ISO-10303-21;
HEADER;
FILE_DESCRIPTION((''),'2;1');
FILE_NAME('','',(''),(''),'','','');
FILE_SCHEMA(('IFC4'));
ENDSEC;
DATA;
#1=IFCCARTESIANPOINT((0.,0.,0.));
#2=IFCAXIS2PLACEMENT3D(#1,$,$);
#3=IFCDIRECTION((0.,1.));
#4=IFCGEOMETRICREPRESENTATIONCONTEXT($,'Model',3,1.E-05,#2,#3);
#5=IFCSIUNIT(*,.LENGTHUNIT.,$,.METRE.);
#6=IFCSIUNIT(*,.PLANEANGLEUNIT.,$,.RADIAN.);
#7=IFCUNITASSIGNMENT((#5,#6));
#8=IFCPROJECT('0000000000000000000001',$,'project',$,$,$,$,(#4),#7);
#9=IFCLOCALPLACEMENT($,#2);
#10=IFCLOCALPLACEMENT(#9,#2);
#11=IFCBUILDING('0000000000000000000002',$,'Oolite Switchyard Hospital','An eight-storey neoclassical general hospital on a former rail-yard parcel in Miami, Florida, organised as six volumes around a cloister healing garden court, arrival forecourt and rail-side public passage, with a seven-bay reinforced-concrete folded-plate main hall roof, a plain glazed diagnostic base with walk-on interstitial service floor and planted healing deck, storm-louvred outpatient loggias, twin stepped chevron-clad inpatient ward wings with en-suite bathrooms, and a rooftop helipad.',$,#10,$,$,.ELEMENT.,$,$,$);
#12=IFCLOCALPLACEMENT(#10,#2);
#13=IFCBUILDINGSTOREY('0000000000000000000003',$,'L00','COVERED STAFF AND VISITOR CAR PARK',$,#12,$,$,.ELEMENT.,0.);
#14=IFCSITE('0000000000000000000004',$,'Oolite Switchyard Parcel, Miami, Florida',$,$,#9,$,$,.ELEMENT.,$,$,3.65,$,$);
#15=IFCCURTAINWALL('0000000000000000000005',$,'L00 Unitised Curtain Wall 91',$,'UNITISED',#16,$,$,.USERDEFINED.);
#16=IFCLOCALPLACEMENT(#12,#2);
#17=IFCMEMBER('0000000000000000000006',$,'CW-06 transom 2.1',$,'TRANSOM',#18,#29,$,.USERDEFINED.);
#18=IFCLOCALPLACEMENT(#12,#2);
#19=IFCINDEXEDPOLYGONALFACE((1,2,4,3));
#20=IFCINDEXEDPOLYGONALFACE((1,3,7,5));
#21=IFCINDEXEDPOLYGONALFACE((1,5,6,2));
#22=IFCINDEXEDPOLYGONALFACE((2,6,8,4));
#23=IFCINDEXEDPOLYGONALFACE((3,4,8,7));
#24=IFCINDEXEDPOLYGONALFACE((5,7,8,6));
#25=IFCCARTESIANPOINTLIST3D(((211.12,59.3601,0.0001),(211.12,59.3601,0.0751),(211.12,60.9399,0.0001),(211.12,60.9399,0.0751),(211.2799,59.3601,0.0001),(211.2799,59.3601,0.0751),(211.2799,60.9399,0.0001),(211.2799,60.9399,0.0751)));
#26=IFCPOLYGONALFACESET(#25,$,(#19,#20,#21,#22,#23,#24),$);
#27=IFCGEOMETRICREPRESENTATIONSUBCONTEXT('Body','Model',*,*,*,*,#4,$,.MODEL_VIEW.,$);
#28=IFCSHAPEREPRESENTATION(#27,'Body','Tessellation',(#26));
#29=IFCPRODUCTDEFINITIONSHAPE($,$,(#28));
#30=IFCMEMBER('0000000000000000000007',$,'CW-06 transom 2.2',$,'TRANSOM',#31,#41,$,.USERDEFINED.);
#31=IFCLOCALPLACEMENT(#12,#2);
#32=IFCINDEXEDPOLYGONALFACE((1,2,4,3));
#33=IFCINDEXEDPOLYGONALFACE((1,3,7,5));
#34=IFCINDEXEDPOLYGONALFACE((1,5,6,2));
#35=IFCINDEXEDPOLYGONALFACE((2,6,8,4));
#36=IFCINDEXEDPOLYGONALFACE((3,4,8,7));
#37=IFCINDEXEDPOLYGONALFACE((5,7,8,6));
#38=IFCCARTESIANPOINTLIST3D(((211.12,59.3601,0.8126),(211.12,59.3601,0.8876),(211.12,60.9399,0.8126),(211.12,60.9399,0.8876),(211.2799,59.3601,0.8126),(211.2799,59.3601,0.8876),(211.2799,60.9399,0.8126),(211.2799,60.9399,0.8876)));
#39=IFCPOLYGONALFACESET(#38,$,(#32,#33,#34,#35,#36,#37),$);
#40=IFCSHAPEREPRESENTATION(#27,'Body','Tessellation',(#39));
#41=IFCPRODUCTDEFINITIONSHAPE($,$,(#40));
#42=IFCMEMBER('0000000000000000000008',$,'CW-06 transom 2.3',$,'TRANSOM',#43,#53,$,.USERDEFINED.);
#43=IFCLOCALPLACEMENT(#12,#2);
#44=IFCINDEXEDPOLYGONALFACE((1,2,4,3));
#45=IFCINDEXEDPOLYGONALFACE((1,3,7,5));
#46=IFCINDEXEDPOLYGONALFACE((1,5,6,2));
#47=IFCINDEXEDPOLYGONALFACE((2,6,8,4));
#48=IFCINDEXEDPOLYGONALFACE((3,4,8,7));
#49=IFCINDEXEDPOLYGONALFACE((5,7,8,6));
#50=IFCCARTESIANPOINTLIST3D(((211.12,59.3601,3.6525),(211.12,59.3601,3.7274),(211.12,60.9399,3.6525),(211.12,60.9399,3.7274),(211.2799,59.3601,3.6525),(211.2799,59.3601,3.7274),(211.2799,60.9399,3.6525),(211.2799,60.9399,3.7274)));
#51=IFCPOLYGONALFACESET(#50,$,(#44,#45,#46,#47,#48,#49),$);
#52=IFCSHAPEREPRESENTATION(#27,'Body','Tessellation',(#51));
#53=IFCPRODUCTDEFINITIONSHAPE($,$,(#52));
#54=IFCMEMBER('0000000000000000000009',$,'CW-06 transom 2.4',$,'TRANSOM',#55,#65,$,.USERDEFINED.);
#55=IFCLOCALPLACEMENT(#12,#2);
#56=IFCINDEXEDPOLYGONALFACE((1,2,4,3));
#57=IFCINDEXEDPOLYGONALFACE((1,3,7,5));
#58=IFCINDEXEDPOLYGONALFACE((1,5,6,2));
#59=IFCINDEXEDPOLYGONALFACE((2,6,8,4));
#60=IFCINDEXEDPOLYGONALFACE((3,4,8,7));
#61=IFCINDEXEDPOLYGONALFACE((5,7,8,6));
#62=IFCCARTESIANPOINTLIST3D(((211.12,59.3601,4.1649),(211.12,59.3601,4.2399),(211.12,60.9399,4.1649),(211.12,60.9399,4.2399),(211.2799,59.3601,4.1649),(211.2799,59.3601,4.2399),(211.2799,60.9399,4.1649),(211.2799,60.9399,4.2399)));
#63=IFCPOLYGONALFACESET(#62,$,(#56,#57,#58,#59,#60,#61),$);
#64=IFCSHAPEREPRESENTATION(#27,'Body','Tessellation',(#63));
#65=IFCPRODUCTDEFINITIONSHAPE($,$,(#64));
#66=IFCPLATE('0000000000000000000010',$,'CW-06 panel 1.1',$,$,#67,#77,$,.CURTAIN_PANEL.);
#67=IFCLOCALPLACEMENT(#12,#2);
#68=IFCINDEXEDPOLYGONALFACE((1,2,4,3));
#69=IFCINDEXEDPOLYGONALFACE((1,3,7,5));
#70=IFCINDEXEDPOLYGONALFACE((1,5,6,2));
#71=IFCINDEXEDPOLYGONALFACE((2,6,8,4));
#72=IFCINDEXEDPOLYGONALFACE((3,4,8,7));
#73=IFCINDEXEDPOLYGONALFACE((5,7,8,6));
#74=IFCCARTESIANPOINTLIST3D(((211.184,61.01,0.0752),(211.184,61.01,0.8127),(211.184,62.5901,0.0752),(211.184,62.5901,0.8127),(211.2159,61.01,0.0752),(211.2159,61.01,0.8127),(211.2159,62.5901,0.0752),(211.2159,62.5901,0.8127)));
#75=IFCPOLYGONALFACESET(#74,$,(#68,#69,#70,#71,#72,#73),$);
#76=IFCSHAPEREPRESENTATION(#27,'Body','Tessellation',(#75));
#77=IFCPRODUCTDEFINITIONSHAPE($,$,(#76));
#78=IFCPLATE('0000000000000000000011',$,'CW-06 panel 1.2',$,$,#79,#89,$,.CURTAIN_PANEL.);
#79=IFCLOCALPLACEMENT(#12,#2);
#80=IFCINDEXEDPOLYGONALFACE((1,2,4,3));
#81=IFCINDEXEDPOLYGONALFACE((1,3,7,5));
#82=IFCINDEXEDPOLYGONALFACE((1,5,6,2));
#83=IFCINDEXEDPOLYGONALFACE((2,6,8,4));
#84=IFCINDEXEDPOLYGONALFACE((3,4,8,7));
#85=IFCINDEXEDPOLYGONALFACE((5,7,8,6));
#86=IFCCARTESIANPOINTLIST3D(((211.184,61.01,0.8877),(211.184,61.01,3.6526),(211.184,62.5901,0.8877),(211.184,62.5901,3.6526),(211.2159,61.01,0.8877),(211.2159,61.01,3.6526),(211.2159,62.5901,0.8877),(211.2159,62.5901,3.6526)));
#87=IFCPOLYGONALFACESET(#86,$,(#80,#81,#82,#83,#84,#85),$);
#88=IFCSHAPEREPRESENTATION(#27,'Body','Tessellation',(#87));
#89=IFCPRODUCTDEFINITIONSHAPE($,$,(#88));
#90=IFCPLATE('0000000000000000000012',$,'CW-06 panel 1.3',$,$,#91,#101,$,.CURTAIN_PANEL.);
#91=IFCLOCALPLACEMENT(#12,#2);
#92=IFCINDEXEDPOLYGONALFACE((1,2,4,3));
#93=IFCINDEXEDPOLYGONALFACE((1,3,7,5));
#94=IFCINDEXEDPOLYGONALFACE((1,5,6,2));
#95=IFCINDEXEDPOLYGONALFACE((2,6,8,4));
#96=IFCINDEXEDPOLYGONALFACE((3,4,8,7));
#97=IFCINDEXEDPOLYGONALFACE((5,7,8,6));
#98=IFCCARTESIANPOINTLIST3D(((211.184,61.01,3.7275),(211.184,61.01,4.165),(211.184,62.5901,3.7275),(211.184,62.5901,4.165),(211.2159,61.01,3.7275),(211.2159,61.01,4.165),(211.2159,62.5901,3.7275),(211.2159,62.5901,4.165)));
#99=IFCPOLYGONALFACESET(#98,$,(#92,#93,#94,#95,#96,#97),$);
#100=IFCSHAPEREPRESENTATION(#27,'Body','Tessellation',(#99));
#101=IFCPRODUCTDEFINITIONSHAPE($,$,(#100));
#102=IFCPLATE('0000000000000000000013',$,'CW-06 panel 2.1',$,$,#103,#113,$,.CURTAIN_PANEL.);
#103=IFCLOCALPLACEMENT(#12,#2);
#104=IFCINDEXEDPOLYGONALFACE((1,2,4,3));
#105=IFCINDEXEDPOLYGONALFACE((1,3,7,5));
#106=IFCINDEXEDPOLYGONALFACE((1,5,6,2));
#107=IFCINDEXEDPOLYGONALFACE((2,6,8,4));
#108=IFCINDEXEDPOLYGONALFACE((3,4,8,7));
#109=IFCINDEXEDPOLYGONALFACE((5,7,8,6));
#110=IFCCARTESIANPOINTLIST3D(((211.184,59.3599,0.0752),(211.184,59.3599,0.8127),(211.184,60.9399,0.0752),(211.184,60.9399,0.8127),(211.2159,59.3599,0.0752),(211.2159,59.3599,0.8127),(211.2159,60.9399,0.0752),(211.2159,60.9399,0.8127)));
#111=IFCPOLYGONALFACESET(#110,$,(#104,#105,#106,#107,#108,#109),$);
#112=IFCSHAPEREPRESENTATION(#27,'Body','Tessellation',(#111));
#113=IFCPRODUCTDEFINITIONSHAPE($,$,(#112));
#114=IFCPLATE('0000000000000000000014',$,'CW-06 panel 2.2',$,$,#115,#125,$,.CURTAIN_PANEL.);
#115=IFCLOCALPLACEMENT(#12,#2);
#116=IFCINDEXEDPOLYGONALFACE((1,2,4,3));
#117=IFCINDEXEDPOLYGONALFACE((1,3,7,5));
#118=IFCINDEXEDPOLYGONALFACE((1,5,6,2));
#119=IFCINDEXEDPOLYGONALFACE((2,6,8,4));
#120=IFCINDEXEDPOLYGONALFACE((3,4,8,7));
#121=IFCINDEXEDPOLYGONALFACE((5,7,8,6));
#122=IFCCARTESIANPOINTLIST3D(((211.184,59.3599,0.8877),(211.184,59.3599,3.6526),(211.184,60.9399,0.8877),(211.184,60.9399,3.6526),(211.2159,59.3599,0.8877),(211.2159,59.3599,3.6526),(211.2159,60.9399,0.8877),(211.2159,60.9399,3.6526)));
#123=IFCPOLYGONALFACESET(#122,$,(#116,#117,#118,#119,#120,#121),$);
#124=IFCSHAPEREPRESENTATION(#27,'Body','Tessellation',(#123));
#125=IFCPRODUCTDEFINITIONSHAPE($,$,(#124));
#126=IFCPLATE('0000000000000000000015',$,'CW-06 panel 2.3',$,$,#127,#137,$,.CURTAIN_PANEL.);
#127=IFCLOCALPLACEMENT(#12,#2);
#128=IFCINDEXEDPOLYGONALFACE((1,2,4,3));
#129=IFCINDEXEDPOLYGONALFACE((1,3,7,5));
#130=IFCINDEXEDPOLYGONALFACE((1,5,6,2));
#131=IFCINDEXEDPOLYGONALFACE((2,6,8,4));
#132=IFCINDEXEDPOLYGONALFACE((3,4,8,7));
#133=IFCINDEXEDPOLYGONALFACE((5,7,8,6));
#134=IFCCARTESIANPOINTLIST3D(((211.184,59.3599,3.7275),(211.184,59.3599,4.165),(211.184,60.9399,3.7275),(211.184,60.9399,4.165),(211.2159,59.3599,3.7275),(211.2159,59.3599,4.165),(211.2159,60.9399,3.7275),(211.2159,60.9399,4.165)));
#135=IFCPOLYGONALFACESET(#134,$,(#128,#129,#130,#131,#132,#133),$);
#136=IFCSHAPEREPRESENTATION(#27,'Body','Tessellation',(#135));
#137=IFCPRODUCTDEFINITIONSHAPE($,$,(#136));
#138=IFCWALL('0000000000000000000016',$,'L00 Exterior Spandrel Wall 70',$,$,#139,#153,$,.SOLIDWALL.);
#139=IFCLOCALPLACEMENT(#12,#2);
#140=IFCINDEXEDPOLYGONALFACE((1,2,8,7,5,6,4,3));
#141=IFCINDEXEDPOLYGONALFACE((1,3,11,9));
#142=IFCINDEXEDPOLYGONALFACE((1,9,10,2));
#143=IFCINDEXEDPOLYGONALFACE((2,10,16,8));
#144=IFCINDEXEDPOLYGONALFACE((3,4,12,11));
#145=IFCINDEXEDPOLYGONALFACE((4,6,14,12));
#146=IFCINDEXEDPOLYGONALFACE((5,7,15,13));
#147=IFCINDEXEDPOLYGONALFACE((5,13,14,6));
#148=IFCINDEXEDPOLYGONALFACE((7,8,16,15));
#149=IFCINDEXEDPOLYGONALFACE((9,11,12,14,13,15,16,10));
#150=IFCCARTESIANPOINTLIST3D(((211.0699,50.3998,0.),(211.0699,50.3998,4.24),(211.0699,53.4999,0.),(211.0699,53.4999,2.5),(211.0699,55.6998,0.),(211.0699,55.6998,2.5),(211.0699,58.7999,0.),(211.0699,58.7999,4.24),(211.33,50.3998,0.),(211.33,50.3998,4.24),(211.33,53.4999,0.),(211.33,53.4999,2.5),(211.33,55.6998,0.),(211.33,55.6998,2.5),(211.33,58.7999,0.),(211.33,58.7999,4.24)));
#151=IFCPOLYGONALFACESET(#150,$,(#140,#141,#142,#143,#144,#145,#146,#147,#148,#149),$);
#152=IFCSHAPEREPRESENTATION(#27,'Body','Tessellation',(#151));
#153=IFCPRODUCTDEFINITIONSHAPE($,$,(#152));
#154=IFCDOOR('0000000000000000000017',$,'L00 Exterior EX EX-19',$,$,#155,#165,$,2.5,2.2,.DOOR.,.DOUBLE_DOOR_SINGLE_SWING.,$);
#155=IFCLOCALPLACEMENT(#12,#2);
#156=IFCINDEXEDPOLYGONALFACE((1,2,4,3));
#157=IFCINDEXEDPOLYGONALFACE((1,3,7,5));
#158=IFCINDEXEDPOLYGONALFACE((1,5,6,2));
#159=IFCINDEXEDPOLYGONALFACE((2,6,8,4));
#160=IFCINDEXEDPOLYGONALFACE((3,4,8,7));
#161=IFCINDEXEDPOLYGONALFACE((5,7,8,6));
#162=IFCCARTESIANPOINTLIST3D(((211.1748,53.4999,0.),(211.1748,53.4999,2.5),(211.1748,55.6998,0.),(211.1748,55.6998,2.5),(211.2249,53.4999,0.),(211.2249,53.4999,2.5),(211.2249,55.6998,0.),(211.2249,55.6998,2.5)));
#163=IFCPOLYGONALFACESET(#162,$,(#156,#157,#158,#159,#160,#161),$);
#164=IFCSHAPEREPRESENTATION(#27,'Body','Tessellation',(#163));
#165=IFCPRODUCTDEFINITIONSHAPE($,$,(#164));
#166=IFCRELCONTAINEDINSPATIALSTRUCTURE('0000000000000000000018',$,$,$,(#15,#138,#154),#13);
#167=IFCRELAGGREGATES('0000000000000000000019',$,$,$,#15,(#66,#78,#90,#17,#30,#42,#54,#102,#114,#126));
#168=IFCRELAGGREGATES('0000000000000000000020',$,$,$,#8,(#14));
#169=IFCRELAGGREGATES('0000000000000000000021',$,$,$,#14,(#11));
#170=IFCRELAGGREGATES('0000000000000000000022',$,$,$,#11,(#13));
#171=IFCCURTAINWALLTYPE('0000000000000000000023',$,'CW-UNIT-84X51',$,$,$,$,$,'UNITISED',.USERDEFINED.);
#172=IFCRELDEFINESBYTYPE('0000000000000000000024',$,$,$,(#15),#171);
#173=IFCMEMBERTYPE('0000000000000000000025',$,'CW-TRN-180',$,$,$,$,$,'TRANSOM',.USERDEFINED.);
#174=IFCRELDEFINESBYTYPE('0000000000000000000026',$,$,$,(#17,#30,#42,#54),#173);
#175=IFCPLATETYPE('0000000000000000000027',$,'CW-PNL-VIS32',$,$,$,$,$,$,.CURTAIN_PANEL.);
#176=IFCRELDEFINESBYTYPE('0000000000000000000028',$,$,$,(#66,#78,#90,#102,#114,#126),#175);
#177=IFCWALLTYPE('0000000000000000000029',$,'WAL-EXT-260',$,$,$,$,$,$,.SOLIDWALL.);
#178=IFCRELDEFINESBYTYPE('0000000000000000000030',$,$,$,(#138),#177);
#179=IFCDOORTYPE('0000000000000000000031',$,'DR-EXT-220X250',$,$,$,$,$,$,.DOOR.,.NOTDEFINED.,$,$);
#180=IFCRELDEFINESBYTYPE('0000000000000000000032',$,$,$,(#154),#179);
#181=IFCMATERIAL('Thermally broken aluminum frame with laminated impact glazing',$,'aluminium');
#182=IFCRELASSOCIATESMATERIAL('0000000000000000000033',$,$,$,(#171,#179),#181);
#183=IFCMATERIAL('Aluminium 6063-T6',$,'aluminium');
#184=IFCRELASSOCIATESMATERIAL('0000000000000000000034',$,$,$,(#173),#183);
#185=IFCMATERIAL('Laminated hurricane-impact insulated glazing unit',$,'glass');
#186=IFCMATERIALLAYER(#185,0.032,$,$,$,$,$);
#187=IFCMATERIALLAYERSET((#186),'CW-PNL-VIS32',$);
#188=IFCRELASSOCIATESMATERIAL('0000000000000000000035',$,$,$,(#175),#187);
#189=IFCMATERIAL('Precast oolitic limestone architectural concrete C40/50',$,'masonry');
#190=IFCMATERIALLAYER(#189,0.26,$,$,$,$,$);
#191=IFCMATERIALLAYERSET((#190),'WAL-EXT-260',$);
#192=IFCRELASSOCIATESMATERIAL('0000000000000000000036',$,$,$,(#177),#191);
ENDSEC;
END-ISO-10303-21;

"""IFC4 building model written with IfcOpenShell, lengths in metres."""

from ifc_helpers import new_model, si_unit, direction, frame, frame_2d, origin, origin_2d, place, context, subcontext, project, spatial, rectangle, extrude, material, layer, layer_set, material_profile, profile_set, type_object, element, fill, aggregate, save


model = new_model("IFC4")

# Units and contexts
model_context = context("Model", 3, precision=1e-05, world=origin(), true_north=direction((0.0, 1.0)))
body_context = subcontext(model_context, "Body", "Model", "MODEL_VIEW")
ifc_project = project(units=[si_unit("LENGTHUNIT", "METRE"), si_unit("PLANEANGLEUNIT", "RADIAN")], contexts=[model_context])

# Site, building, storey
site_placement = place(None, origin())
site = spatial("IfcSite", under=ifc_project, at=site_placement, Name="Oolite Switchyard Parcel, Miami, Florida", CompositionType="ELEMENT", RefElevation=3.65)
building_placement = place(site_placement, origin())
building = spatial("IfcBuilding", under=site, at=building_placement, Name="Oolite Switchyard Hospital", Description="An eight-storey neoclassical general hospital on a former rail-yard parcel in Miami, Florida, organised as six volumes around a cloister healing garden court, arrival forecourt and rail-side public passage, with a seven-bay reinforced-concrete folded-plate main hall roof, a plain glazed diagnostic base with walk-on interstitial service floor and planted healing deck, storm-louvred outpatient loggias, twin stepped chevron-clad inpatient ward wings with en-suite bathrooms, and a rooftop helipad.", CompositionType="ELEMENT")
storey_placement = place(building_placement, origin())
storey = spatial("IfcBuildingStorey", under=building, at=storey_placement, Name="L00", Description="COVERED STAFF AND VISITOR CAR PARK", CompositionType="ELEMENT", Elevation=0.0)

# Curtain wall, members, plates
ifc_material_1 = material(Name="Thermally broken aluminum frame with laminated impact glazing", Category="aluminium")
curtain_wall_type = type_object("IfcCurtainWallType", Name="CW-UNIT-84X51", ElementType="UNITISED", PredefinedType="USERDEFINED", material=ifc_material_1)
curtain_wall_placement = place(storey_placement, origin())
curtain_wall = element("IfcCurtainWall", 1, at=curtain_wall_placement, inside=storey, type_object=curtain_wall_type, Name="L00 Unitised Curtain Wall 91", ObjectType="UNITISED", PredefinedType="USERDEFINED")
ifc_material_2 = material(Name="Aluminium 6063-T6", Category="aluminium")
ifc_material_profile_1 = material_profile(ifc_material_2, rectangle(XDim=0.1599, YDim=0.075, at=origin_2d()), Name="CWT75X160")
ifc_profile_set_1 = profile_set([ifc_material_profile_1], Name="Aluminium 6063-T6")
member_type_1 = type_object("IfcMemberType", Name="CW-TRN-180", ElementType="TRANSOM", PredefinedType="USERDEFINED", material=ifc_profile_set_1)
member_1_placement = place(storey_placement, frame((211.2, 60.9399, 0.0376), z_axis=(0.0, -1.0, 0.0), x_axis=(1.0, 0.0, 0.0)))
member_1 = element("IfcMember", 2, at=member_1_placement, type_object=member_type_1, Name="CW-06 transom 2.1", ObjectType="TRANSOM", PredefinedType="USERDEFINED", context=body_context, shape_type="SweptSolid", body=[
    extrude(rectangle(XDim=0.1599, YDim=0.075, at=origin_2d()), origin(), (0.0, 0.0, 1.0), 1.5798),
])
member_2_placement = place(storey_placement, frame((211.2, 60.9399, 0.8501), z_axis=(0.0, -1.0, 0.0), x_axis=(1.0, 0.0, 0.0)))
member_2 = element("IfcMember", 3, at=member_2_placement, type_object=member_type_1, Name="CW-06 transom 2.2", ObjectType="TRANSOM", PredefinedType="USERDEFINED", context=body_context, shape_type="SweptSolid", body=[
    extrude(rectangle(XDim=0.1599, YDim=0.075, at=origin_2d()), origin(), (0.0, 0.0, 1.0), 1.5798),
])
member_3_placement = place(storey_placement, frame((211.2, 60.9399, 3.6899), z_axis=(0.0, -1.0, 0.0), x_axis=(1.0, 0.0, 0.0)))
member_3 = element("IfcMember", 4, at=member_3_placement, type_object=member_type_1, Name="CW-06 transom 2.3", ObjectType="TRANSOM", PredefinedType="USERDEFINED", context=body_context, shape_type="SweptSolid", body=[
    extrude(rectangle(XDim=0.1599, YDim=0.075, at=origin_2d()), origin(), (0.0, 0.0, 1.0), 1.5798),
])
member_4_placement = place(storey_placement, frame((211.2, 60.9399, 4.2024), z_axis=(0.0, -1.0, 0.0), x_axis=(1.0, 0.0, 0.0)))
member_4 = element("IfcMember", 5, at=member_4_placement, type_object=member_type_1, Name="CW-06 transom 2.4", ObjectType="TRANSOM", PredefinedType="USERDEFINED", context=body_context, shape_type="SweptSolid", body=[
    extrude(rectangle(XDim=0.1599, YDim=0.075, at=origin_2d()), origin(), (0.0, 0.0, 1.0), 1.5798),
])
ifc_material_3 = material(Name="Laminated hurricane-impact insulated glazing unit", Category="glass")
ifc_layer_1 = layer(ifc_material_3, 0.032)
ifc_layer_set_1 = layer_set([ifc_layer_1], Name="CW-PNL-VIS32")
plate_type = type_object("IfcPlateType", Name="CW-PNL-VIS32", PredefinedType="CURTAIN_PANEL", material=ifc_layer_set_1)
plate_1_placement = place(storey_placement, frame((211.2, 61.8, 0.0752), z_axis=(0.0, 0.0, 1.0), x_axis=(0.0, -1.0, 0.0)))
plate_1 = element("IfcPlate", 6, at=plate_1_placement, type_object=plate_type, Name="CW-06 panel 1.1", PredefinedType="CURTAIN_PANEL", context=body_context, shape_type="SweptSolid", body=[
    extrude(rectangle(XDim=1.5801, YDim=0.032, at=origin_2d()), origin(), (0.0, 0.0, 1.0), 0.7375),
])
plate_2_placement = place(storey_placement, frame((211.2, 61.8, 0.8877), z_axis=(0.0, 0.0, 1.0), x_axis=(0.0, -1.0, 0.0)))
plate_2 = element("IfcPlate", 7, at=plate_2_placement, type_object=plate_type, Name="CW-06 panel 1.2", PredefinedType="CURTAIN_PANEL", context=body_context, shape_type="SweptSolid", body=[
    extrude(rectangle(XDim=1.5801, YDim=0.032, at=origin_2d()), origin(), (0.0, 0.0, 1.0), 2.7649),
])
plate_3_placement = place(storey_placement, frame((211.2, 61.8, 3.7275), z_axis=(0.0, 0.0, 1.0), x_axis=(0.0, -1.0, 0.0)))
plate_3 = element("IfcPlate", 8, at=plate_3_placement, type_object=plate_type, Name="CW-06 panel 1.3", PredefinedType="CURTAIN_PANEL", context=body_context, shape_type="SweptSolid", body=[
    extrude(rectangle(XDim=1.5801, YDim=0.032, at=origin_2d()), origin(), (0.0, 0.0, 1.0), 0.4375),
])
plate_4_placement = place(storey_placement, frame((211.2, 60.1499, 0.0752), z_axis=(0.0, 0.0, 1.0), x_axis=(0.0, -1.0, 0.0)))
plate_4 = element("IfcPlate", 9, at=plate_4_placement, type_object=plate_type, Name="CW-06 panel 2.1", PredefinedType="CURTAIN_PANEL", context=body_context, shape_type="SweptSolid", body=[
    extrude(rectangle(XDim=1.5801, YDim=0.032, at=origin_2d()), origin(), (0.0, 0.0, 1.0), 0.7375),
])
plate_5_placement = place(storey_placement, frame((211.2, 60.1499, 0.8877), z_axis=(0.0, 0.0, 1.0), x_axis=(0.0, -1.0, 0.0)))
plate_5 = element("IfcPlate", 10, at=plate_5_placement, type_object=plate_type, Name="CW-06 panel 2.2", PredefinedType="CURTAIN_PANEL", context=body_context, shape_type="SweptSolid", body=[
    extrude(rectangle(XDim=1.5801, YDim=0.032, at=origin_2d()), origin(), (0.0, 0.0, 1.0), 2.7649),
])
plate_6_placement = place(storey_placement, frame((211.2, 60.1499, 3.7275), z_axis=(0.0, 0.0, 1.0), x_axis=(0.0, -1.0, 0.0)))
plate_6 = element("IfcPlate", 11, at=plate_6_placement, type_object=plate_type, Name="CW-06 panel 2.3", PredefinedType="CURTAIN_PANEL", context=body_context, shape_type="SweptSolid", body=[
    extrude(rectangle(XDim=1.5801, YDim=0.032, at=origin_2d()), origin(), (0.0, 0.0, 1.0), 0.4375),
])
aggregate(curtain_wall, [plate_1, plate_2, plate_3, member_1, member_2, member_3, member_4, plate_4, plate_5, plate_6])

# Wall, opening, door
ifc_material_4 = material(Name="Precast oolitic limestone architectural concrete C40/50", Category="masonry")
ifc_layer_2 = layer(ifc_material_4, 0.26)
ifc_layer_set_2 = layer_set([ifc_layer_2], Name="WAL-EXT-260")
wall_type = type_object("IfcWallType", Name="WAL-EXT-260", PredefinedType="SOLIDWALL", material=ifc_layer_set_2)
wall_placement = place(storey_placement, frame((211.2, 58.8, 0.0), z_axis=(0.0, 0.0, 1.0), x_axis=(0.0, -1.0, 0.0)))
wall = element("IfcWall", 12, at=wall_placement, inside=storey, type_object=wall_type, Name="L00 Exterior Spandrel Wall 70", PredefinedType="SOLIDWALL", context=body_context, shape_type="SweptSolid", body=[
    extrude(rectangle(XDim=8.4001, YDim=0.26, at=frame_2d((4.2002, 0.0))), origin(), (0.0, 0.0, 1.0), 4.24),
])
opening_placement = place(wall_placement, frame((3.1001, 0.0, 0.0)))
opening = element("IfcOpeningElement", 13, at=opening_placement, cuts=wall, PredefinedType="OPENING", context=body_context, shape_type="SweptSolid", body=[
    extrude(rectangle(XDim=2.2, YDim=2.5, at=frame_2d((1.1001, 1.25))), frame((0.0, 0.1401, 0.0), z_axis=(0.0, -1.0, 0.0), x_axis=(1.0, 0.0, 0.0)), (0.0, 0.0, 1.0), 0.28),
])
door_type = type_object("IfcDoorType", Name="DR-EXT-220X250", OperationType="NOTDEFINED", PredefinedType="DOOR", material=ifc_material_1)
door_placement = place(opening_placement, origin())
door = element("IfcDoor", 14, at=door_placement, inside=storey, type_object=door_type, Name="L00 Exterior EX EX-19", OperationType="DOUBLE_DOOR_SINGLE_SWING", OverallHeight=2.5, OverallWidth=2.2, PredefinedType="DOOR", context=body_context, shape_type="SweptSolid", body=[
    extrude(rectangle(XDim=2.2, YDim=2.5, at=frame_2d((1.1001, 1.25))), frame((0.0, 0.0249, 0.0), z_axis=(0.0, -1.0, 0.0), x_axis=(1.0, 0.0, 0.0)), (0.0, 0.0, 1.0), 0.05),
])
fill(opening, door)

save(model, "model.ifc")
